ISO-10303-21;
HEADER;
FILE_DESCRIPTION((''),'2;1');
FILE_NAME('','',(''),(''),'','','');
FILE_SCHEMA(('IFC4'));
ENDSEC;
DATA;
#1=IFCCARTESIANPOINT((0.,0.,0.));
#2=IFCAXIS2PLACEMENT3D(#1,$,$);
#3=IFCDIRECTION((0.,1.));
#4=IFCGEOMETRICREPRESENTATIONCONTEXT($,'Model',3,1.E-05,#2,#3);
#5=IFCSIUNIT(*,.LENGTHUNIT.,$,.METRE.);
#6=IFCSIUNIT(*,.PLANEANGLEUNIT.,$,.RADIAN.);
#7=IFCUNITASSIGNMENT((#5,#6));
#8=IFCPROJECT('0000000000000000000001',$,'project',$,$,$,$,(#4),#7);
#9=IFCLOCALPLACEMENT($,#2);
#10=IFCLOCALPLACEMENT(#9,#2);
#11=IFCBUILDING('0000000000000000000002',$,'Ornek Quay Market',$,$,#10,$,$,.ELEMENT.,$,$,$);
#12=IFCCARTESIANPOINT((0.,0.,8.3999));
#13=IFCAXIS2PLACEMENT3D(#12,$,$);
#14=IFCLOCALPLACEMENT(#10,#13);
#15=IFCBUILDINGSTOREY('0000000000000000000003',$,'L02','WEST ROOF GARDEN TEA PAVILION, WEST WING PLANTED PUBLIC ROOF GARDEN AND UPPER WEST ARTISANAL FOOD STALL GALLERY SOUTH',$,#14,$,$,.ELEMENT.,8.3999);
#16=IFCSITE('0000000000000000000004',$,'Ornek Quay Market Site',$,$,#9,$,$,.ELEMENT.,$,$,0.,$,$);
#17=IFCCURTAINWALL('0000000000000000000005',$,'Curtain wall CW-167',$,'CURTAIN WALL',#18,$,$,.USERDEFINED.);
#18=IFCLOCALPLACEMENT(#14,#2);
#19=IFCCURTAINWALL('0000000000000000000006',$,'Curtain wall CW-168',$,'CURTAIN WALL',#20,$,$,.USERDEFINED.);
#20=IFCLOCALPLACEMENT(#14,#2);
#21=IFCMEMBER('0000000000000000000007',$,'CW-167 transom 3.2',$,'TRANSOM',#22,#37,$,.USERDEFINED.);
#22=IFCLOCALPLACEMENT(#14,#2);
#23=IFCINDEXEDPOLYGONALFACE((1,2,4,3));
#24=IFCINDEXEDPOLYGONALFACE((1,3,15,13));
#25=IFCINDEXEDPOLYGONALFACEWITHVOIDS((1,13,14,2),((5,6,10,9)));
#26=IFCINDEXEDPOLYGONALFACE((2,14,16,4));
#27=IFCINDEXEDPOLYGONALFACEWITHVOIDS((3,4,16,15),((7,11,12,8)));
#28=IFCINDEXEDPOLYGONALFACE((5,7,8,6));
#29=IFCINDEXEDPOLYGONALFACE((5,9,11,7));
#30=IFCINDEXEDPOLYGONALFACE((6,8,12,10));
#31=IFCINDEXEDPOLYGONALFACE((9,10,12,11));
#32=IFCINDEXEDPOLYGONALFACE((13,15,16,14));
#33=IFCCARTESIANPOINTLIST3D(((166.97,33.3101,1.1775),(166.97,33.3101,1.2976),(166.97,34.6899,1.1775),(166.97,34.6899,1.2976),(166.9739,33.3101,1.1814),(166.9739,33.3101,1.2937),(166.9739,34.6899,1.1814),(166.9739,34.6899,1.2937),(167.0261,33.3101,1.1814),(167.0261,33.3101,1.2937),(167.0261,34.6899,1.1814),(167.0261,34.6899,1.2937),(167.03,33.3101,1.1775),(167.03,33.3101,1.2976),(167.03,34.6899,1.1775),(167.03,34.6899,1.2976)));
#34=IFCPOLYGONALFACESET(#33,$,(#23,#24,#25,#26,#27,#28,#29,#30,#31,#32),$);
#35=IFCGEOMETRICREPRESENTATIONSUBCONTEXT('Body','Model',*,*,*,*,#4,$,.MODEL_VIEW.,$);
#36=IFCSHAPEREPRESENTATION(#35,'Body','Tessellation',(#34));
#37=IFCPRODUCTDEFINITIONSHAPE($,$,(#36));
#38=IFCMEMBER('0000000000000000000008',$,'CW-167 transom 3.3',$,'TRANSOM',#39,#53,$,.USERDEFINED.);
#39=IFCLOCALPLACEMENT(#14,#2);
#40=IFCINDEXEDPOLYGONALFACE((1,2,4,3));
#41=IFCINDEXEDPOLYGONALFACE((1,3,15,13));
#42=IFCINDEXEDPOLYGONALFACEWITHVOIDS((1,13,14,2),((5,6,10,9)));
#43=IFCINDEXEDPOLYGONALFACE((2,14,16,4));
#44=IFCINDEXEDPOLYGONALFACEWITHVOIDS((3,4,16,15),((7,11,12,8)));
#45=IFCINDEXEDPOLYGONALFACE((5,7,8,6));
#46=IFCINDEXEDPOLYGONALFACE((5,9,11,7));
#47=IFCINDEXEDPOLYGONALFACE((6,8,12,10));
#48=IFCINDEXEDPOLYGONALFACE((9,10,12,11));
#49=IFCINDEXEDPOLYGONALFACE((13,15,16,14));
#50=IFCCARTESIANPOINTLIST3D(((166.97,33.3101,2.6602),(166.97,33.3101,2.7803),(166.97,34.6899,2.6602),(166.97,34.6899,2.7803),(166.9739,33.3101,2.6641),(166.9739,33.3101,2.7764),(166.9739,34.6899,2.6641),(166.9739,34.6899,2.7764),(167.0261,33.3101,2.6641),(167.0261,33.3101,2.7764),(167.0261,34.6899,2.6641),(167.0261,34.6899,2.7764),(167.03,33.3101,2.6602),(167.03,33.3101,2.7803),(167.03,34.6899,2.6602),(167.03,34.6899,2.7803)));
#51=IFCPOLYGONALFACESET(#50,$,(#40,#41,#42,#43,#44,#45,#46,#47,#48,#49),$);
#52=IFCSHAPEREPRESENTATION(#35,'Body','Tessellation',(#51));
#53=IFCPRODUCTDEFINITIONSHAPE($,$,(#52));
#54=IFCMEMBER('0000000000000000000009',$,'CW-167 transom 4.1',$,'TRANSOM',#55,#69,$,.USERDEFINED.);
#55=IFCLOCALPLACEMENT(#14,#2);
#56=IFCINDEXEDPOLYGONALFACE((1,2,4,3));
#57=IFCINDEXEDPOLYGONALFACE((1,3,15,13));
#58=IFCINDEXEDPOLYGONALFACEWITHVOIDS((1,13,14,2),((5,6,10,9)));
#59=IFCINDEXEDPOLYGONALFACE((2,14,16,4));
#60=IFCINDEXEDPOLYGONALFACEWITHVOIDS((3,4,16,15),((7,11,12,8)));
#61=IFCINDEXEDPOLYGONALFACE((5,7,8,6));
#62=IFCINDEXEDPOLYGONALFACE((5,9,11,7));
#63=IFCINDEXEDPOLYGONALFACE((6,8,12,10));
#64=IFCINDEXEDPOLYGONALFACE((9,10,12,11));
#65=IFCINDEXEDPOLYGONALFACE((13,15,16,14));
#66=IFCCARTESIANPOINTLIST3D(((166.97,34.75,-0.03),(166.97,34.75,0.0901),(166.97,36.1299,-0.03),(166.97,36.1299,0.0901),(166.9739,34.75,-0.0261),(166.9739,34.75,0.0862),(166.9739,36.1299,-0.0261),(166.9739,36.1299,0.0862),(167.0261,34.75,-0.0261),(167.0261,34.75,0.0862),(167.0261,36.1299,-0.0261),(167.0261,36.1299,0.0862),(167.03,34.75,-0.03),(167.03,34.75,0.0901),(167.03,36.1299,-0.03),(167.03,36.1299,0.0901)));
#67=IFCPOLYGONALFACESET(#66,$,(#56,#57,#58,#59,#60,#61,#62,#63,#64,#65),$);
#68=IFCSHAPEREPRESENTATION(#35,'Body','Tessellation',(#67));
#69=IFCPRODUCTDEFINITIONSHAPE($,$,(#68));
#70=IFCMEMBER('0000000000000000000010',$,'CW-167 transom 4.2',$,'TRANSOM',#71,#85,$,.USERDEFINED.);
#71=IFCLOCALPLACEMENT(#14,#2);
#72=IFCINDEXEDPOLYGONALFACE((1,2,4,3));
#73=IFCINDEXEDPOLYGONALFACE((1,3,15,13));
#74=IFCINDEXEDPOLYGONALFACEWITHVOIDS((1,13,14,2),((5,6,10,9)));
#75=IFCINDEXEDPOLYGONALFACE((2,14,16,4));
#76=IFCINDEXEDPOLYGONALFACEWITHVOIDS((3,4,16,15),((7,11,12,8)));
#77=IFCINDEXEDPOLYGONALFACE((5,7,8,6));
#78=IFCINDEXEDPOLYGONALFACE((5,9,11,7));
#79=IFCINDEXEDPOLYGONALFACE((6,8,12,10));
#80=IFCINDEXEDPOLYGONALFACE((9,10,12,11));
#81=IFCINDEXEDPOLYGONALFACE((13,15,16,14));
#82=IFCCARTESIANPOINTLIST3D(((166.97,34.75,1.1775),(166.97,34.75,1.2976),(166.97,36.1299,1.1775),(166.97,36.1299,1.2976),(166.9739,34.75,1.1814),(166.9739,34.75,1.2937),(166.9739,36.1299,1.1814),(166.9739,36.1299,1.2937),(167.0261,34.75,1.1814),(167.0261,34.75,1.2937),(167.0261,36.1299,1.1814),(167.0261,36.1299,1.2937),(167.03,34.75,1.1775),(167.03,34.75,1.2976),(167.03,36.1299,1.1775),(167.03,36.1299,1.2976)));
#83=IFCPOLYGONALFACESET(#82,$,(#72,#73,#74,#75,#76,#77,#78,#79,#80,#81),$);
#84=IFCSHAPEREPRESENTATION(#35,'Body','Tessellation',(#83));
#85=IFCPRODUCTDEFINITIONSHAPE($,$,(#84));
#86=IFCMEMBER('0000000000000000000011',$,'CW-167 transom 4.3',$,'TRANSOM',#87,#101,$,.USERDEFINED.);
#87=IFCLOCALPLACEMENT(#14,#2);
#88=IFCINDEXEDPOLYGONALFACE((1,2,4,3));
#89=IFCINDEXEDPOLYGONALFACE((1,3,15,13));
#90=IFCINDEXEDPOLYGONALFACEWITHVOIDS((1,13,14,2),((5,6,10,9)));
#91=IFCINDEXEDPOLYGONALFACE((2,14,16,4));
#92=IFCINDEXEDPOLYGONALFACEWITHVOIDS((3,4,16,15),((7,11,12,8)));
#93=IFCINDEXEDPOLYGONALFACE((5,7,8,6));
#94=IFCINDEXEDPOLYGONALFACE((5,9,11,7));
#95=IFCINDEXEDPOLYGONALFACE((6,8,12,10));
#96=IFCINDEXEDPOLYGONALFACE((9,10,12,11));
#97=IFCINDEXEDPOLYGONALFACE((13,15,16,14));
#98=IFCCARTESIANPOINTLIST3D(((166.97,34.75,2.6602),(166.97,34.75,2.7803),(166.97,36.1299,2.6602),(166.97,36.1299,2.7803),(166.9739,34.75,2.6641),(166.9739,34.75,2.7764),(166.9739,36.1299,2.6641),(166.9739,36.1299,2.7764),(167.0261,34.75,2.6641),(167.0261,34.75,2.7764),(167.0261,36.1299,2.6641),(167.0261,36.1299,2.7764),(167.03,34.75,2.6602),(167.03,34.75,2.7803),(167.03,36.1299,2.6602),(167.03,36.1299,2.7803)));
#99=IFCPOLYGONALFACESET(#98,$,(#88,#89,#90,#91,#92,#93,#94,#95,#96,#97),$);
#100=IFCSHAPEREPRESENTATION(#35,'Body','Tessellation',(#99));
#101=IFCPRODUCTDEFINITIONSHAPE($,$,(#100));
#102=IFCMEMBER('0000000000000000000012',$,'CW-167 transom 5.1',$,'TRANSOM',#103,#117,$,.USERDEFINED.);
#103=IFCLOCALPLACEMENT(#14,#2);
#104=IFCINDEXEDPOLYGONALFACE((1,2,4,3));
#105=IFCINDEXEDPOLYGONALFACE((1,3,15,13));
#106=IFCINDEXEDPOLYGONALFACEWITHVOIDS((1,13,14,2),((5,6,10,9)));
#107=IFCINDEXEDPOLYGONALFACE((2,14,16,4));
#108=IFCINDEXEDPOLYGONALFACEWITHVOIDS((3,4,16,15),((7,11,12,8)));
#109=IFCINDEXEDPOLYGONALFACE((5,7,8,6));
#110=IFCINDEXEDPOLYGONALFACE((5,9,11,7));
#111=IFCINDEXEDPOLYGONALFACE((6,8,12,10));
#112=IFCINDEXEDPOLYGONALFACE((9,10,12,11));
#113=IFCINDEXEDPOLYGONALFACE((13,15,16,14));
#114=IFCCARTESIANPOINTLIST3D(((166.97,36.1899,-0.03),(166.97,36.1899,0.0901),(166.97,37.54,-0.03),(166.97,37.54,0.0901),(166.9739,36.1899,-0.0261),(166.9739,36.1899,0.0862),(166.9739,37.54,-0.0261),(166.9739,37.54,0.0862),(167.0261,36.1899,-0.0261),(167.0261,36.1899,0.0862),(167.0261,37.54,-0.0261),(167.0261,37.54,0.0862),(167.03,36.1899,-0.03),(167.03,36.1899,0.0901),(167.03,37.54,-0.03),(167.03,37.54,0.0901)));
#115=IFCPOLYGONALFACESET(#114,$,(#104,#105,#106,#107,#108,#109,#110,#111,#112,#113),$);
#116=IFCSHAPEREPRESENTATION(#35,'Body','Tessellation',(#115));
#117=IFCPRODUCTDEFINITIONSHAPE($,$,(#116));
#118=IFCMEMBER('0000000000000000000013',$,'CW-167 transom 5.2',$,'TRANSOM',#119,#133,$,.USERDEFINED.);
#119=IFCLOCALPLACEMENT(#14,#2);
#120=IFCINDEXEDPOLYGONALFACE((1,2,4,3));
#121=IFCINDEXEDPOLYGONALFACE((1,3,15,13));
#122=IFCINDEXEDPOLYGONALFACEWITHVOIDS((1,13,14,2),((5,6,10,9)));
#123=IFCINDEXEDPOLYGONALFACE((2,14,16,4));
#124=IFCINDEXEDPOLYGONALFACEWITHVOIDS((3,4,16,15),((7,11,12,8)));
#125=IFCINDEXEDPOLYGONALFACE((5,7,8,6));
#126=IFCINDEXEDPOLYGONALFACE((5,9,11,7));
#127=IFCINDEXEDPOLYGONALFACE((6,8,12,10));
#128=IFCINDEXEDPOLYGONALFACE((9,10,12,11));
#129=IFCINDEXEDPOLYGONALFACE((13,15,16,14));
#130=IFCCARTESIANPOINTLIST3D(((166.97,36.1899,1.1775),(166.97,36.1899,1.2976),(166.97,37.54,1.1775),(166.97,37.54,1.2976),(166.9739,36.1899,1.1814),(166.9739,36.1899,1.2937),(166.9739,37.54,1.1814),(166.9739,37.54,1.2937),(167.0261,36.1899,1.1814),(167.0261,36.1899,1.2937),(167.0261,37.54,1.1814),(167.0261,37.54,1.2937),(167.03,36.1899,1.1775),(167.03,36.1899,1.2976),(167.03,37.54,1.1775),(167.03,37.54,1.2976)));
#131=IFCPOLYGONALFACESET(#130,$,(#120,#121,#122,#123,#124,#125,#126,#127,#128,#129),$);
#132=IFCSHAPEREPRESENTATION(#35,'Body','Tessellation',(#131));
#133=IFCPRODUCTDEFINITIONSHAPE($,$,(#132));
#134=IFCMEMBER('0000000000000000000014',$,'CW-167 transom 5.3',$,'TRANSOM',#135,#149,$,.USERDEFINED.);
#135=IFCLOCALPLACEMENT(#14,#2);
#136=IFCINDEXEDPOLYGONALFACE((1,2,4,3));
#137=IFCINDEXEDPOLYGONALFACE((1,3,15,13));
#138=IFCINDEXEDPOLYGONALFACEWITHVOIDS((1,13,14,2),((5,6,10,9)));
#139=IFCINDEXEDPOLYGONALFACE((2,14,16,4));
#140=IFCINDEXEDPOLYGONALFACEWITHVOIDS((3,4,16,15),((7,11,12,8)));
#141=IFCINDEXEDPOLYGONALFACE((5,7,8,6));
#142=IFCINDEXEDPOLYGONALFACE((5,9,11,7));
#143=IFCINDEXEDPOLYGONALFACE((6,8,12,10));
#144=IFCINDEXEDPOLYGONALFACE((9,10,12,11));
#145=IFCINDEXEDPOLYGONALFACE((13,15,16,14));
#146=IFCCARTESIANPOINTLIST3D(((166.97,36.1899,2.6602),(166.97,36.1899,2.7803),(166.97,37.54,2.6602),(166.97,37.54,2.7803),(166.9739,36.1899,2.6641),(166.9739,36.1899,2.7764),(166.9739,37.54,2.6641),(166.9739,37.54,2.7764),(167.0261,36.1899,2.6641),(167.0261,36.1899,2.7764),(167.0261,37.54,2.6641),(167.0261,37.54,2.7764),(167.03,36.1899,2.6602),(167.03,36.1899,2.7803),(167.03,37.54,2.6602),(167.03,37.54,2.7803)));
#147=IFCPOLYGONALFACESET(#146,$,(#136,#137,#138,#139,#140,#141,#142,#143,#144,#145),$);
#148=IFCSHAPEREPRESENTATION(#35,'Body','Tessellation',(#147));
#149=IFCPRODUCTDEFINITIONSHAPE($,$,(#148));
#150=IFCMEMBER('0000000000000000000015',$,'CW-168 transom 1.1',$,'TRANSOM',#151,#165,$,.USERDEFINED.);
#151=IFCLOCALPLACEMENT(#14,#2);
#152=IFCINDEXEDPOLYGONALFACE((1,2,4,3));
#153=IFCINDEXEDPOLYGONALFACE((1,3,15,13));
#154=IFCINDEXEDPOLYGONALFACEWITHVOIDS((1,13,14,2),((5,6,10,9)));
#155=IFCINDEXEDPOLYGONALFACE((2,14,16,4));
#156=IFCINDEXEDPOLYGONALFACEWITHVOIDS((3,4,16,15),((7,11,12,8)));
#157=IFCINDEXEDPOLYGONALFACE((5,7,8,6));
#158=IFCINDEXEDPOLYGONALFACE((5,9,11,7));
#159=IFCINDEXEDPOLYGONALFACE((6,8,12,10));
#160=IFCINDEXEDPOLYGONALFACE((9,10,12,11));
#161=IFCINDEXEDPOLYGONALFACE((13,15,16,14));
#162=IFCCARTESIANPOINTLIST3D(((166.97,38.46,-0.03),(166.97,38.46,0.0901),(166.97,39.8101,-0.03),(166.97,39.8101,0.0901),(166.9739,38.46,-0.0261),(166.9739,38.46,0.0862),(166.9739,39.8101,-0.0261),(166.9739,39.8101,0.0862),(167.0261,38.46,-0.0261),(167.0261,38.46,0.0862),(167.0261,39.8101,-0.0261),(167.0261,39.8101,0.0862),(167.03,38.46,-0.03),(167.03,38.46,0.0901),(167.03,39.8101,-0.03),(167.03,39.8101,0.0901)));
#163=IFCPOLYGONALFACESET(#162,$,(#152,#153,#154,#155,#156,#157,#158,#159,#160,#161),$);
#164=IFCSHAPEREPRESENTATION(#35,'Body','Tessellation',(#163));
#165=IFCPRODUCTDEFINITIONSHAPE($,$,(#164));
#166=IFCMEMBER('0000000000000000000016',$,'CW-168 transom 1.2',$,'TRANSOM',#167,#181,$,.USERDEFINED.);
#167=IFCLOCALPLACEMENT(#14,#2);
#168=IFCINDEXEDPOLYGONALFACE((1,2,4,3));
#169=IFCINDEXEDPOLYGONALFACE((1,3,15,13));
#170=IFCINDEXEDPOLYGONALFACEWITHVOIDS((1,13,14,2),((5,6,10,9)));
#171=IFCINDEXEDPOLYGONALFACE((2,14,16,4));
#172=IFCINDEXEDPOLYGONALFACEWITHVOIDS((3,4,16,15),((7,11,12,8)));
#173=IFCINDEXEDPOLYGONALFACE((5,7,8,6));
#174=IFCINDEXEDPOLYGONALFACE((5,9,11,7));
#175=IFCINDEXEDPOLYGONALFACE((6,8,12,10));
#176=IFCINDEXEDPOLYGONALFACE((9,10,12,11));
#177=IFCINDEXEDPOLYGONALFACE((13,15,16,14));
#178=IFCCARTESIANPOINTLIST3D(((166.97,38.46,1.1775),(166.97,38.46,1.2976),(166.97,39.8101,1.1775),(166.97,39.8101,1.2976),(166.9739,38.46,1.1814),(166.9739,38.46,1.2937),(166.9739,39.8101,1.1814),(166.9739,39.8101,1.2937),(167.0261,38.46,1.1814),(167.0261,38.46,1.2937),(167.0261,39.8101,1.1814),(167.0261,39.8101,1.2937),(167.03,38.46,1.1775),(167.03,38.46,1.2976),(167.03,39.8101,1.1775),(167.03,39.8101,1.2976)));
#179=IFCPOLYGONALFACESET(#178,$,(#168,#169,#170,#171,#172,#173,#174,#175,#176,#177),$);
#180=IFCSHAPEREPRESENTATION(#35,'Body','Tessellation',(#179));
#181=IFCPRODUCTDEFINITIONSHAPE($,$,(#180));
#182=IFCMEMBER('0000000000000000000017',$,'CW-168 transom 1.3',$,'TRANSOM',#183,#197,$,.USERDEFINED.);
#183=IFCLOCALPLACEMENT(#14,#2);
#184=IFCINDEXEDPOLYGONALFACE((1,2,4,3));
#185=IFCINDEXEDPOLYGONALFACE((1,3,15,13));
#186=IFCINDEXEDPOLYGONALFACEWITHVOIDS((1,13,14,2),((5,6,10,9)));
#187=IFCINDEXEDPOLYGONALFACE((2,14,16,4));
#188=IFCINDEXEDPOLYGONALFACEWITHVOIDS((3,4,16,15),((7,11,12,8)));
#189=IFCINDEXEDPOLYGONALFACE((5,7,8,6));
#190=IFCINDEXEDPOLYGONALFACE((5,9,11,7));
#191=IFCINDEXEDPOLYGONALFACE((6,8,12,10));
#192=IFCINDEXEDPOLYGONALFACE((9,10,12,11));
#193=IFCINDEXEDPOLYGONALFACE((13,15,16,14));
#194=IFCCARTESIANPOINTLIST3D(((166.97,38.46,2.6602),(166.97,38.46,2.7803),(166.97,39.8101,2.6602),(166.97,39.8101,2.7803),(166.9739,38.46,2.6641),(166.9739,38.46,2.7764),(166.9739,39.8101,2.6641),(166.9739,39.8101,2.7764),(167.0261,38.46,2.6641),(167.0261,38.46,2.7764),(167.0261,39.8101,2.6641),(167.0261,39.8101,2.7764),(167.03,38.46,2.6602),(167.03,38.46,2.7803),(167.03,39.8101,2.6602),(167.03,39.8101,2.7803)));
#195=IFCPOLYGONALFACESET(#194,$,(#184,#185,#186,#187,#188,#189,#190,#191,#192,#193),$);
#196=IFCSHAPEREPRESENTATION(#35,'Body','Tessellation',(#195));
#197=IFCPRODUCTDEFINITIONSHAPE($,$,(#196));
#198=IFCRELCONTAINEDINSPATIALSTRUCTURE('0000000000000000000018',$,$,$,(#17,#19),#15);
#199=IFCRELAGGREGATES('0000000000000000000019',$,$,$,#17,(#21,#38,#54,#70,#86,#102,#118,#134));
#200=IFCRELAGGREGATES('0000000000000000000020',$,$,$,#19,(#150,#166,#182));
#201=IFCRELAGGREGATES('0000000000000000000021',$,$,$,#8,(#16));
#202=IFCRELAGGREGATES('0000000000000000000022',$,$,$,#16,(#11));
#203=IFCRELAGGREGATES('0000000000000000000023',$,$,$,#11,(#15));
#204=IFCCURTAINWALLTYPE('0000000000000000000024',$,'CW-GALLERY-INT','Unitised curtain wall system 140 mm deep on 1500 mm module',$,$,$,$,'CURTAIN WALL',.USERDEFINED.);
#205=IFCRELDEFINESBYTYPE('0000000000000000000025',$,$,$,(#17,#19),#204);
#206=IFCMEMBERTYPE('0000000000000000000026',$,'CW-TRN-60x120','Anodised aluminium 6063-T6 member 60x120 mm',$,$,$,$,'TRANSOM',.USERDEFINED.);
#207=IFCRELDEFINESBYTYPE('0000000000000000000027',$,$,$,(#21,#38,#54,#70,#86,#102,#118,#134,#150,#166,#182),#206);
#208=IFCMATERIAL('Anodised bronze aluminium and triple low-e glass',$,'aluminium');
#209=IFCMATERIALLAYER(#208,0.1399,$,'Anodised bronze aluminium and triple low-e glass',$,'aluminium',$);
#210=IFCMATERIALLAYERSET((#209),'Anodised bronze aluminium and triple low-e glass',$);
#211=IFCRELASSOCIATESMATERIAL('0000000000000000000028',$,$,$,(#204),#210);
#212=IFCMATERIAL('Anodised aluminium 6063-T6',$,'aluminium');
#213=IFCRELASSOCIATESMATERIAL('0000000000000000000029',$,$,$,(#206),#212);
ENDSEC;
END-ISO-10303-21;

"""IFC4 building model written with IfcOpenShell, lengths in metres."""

from ifc_helpers import new_model, si_unit, direction, frame, origin, origin_2d, place, context, subcontext, project, spatial, hollow_rectangle, extrude, material, layer, layer_set, material_profile, profile_set, type_object, element, aggregate, save


model = new_model("IFC4")

# Units and contexts
model_context = context("Model", 3, precision=1e-05, world=origin(), true_north=direction((0.0, 1.0)))
body_context = subcontext(model_context, "Body", "Model", "MODEL_VIEW")
ifc_project = project(units=[si_unit("LENGTHUNIT", "METRE"), si_unit("PLANEANGLEUNIT", "RADIAN")], contexts=[model_context])

# Site, building, storey
site_placement = place(None, origin())
site = spatial("IfcSite", under=ifc_project, at=site_placement, Name="Ornek Quay Market Site", CompositionType="ELEMENT", RefElevation=0.0)
building_placement = place(site_placement, origin())
building = spatial("IfcBuilding", under=site, at=building_placement, Name="Ornek Quay Market", CompositionType="ELEMENT")
storey_placement = place(building_placement, frame((0.0, 0.0, 8.3999)))
storey = spatial("IfcBuildingStorey", under=building, at=storey_placement, Name="L02", Description="WEST ROOF GARDEN TEA PAVILION, WEST WING PLANTED PUBLIC ROOF GARDEN AND UPPER WEST ARTISANAL FOOD STALL GALLERY SOUTH", CompositionType="ELEMENT", Elevation=8.3999)

# Curtain walls
ifc_material_1 = material(Name="Anodised bronze aluminium and triple low-e glass", Category="aluminium")
ifc_layer_1 = layer(ifc_material_1, 0.1399, Name="Anodised bronze aluminium and triple low-e glass", Category="aluminium")
ifc_layer_set_1 = layer_set([ifc_layer_1], Name="Anodised bronze aluminium and triple low-e glass")
curtain_wall_type = type_object("IfcCurtainWallType", Name="CW-GALLERY-INT", Description="Unitised curtain wall system 140 mm deep on 1500 mm module", ElementType="CURTAIN WALL", PredefinedType="USERDEFINED", material=ifc_layer_set_1)
curtain_wall_1_placement = place(storey_placement, origin())
curtain_wall_1 = element("IfcCurtainWall", 1, at=curtain_wall_1_placement, inside=storey, type_object=curtain_wall_type, Name="Curtain wall CW-167", ObjectType="CURTAIN WALL", PredefinedType="USERDEFINED")
ifc_material_2 = material(Name="Anodised aluminium 6063-T6", Category="aluminium")
curtain_wall_2_placement = place(storey_placement, origin())
curtain_wall_2 = element("IfcCurtainWall", 2, at=curtain_wall_2_placement, inside=storey, type_object=curtain_wall_type, Name="Curtain wall CW-168", ObjectType="CURTAIN WALL", PredefinedType="USERDEFINED")

# Members
ifc_material_profile_1 = material_profile(ifc_material_2, hollow_rectangle(XDim=0.0601, YDim=0.1201, WallThickness=0.0039, at=origin_2d()), Name="CW-TRN-60x120", Category="aluminium")
ifc_profile_set_1 = profile_set([ifc_material_profile_1], Name="Anodised aluminium 6063-T6")
member_type_1 = type_object("IfcMemberType", Name="CW-TRN-60x120", Description="Anodised aluminium 6063-T6 member 60x120 mm", ElementType="TRANSOM", PredefinedType="USERDEFINED", material=ifc_profile_set_1)
member_1_placement = place(storey_placement, frame((167.0, 33.3101, 1.2375), z_axis=(0.0, 1.0, 0.0), x_axis=(-1.0, 0.0, 0.0)))
member_1 = element("IfcMember", 3, at=member_1_placement, type_object=member_type_1, Name="CW-167 transom 3.2", ObjectType="TRANSOM", PredefinedType="USERDEFINED", context=body_context, shape_type="SweptSolid", body=[
    extrude(hollow_rectangle(XDim=0.0601, YDim=0.1201, WallThickness=0.0039, at=origin_2d()), origin(), (0.0, 0.0, 1.0), 1.3799),
])
member_2_placement = place(storey_placement, frame((167.0, 33.3101, 2.7202), z_axis=(0.0, 1.0, 0.0), x_axis=(-1.0, 0.0, 0.0)))
member_2 = element("IfcMember", 4, at=member_2_placement, type_object=member_type_1, Name="CW-167 transom 3.3", ObjectType="TRANSOM", PredefinedType="USERDEFINED", context=body_context, shape_type="SweptSolid", body=[
    extrude(hollow_rectangle(XDim=0.0601, YDim=0.1201, WallThickness=0.0039, at=origin_2d()), origin(), (0.0, 0.0, 1.0), 1.3799),
])
member_3_placement = place(storey_placement, frame((167.0, 34.75, 0.03), z_axis=(0.0, 1.0, 0.0), x_axis=(-1.0, 0.0, 0.0)))
member_3 = element("IfcMember", 5, at=member_3_placement, type_object=member_type_1, Name="CW-167 transom 4.1", ObjectType="TRANSOM", PredefinedType="USERDEFINED", context=body_context, shape_type="SweptSolid", body=[
    extrude(hollow_rectangle(XDim=0.0601, YDim=0.1201, WallThickness=0.0039, at=origin_2d()), origin(), (0.0, 0.0, 1.0), 1.3799),
])
member_4_placement = place(storey_placement, frame((167.0, 34.75, 1.2375), z_axis=(0.0, 1.0, 0.0), x_axis=(-1.0, 0.0, 0.0)))
member_4 = element("IfcMember", 6, at=member_4_placement, type_object=member_type_1, Name="CW-167 transom 4.2", ObjectType="TRANSOM", PredefinedType="USERDEFINED", context=body_context, shape_type="SweptSolid", body=[
    extrude(hollow_rectangle(XDim=0.0601, YDim=0.1201, WallThickness=0.0039, at=origin_2d()), origin(), (0.0, 0.0, 1.0), 1.3799),
])
member_5_placement = place(storey_placement, frame((167.0, 34.75, 2.7202), z_axis=(0.0, 1.0, 0.0), x_axis=(-1.0, 0.0, 0.0)))
member_5 = element("IfcMember", 7, at=member_5_placement, type_object=member_type_1, Name="CW-167 transom 4.3", ObjectType="TRANSOM", PredefinedType="USERDEFINED", context=body_context, shape_type="SweptSolid", body=[
    extrude(hollow_rectangle(XDim=0.0601, YDim=0.1201, WallThickness=0.0039, at=origin_2d()), origin(), (0.0, 0.0, 1.0), 1.3799),
])
member_6_placement = place(storey_placement, frame((167.0, 36.1899, 0.03), z_axis=(0.0, 1.0, 0.0), x_axis=(-1.0, 0.0, 0.0)))
member_6 = element("IfcMember", 8, at=member_6_placement, type_object=member_type_1, Name="CW-167 transom 5.1", ObjectType="TRANSOM", PredefinedType="USERDEFINED", context=body_context, shape_type="SweptSolid", body=[
    extrude(hollow_rectangle(XDim=0.0601, YDim=0.1201, WallThickness=0.0039, at=origin_2d()), origin(), (0.0, 0.0, 1.0), 1.3501),
])
member_7_placement = place(storey_placement, frame((167.0, 36.1899, 1.2375), z_axis=(0.0, 1.0, 0.0), x_axis=(-1.0, 0.0, 0.0)))
member_7 = element("IfcMember", 9, at=member_7_placement, type_object=member_type_1, Name="CW-167 transom 5.2", ObjectType="TRANSOM", PredefinedType="USERDEFINED", context=body_context, shape_type="SweptSolid", body=[
    extrude(hollow_rectangle(XDim=0.0601, YDim=0.1201, WallThickness=0.0039, at=origin_2d()), origin(), (0.0, 0.0, 1.0), 1.3501),
])
member_8_placement = place(storey_placement, frame((167.0, 36.1899, 2.7202), z_axis=(0.0, 1.0, 0.0), x_axis=(-1.0, 0.0, 0.0)))
member_8 = element("IfcMember", 10, at=member_8_placement, type_object=member_type_1, Name="CW-167 transom 5.3", ObjectType="TRANSOM", PredefinedType="USERDEFINED", context=body_context, shape_type="SweptSolid", body=[
    extrude(hollow_rectangle(XDim=0.0601, YDim=0.1201, WallThickness=0.0039, at=origin_2d()), origin(), (0.0, 0.0, 1.0), 1.3501),
])
member_9_placement = place(storey_placement, frame((167.0, 38.46, 0.03), z_axis=(0.0, 1.0, 0.0), x_axis=(-1.0, 0.0, 0.0)))
member_9 = element("IfcMember", 11, at=member_9_placement, type_object=member_type_1, Name="CW-168 transom 1.1", ObjectType="TRANSOM", PredefinedType="USERDEFINED", context=body_context, shape_type="SweptSolid", body=[
    extrude(hollow_rectangle(XDim=0.0601, YDim=0.1201, WallThickness=0.0039, at=origin_2d()), origin(), (0.0, 0.0, 1.0), 1.3501),
])
member_10_placement = place(storey_placement, frame((167.0, 38.46, 1.2375), z_axis=(0.0, 1.0, 0.0), x_axis=(-1.0, 0.0, 0.0)))
member_10 = element("IfcMember", 12, at=member_10_placement, type_object=member_type_1, Name="CW-168 transom 1.2", ObjectType="TRANSOM", PredefinedType="USERDEFINED", context=body_context, shape_type="SweptSolid", body=[
    extrude(hollow_rectangle(XDim=0.0601, YDim=0.1201, WallThickness=0.0039, at=origin_2d()), origin(), (0.0, 0.0, 1.0), 1.3501),
])
member_11_placement = place(storey_placement, frame((167.0, 38.46, 2.7202), z_axis=(0.0, 1.0, 0.0), x_axis=(-1.0, 0.0, 0.0)))
member_11 = element("IfcMember", 13, at=member_11_placement, type_object=member_type_1, Name="CW-168 transom 1.3", ObjectType="TRANSOM", PredefinedType="USERDEFINED", context=body_context, shape_type="SweptSolid", body=[
    extrude(hollow_rectangle(XDim=0.0601, YDim=0.1201, WallThickness=0.0039, at=origin_2d()), origin(), (0.0, 0.0, 1.0), 1.3501),
])

aggregate(curtain_wall_1, [member_1, member_2, member_3, member_4, member_5, member_6, member_7, member_8])
aggregate(curtain_wall_2, [member_9, member_10, member_11])

save(model, "model.ifc")
